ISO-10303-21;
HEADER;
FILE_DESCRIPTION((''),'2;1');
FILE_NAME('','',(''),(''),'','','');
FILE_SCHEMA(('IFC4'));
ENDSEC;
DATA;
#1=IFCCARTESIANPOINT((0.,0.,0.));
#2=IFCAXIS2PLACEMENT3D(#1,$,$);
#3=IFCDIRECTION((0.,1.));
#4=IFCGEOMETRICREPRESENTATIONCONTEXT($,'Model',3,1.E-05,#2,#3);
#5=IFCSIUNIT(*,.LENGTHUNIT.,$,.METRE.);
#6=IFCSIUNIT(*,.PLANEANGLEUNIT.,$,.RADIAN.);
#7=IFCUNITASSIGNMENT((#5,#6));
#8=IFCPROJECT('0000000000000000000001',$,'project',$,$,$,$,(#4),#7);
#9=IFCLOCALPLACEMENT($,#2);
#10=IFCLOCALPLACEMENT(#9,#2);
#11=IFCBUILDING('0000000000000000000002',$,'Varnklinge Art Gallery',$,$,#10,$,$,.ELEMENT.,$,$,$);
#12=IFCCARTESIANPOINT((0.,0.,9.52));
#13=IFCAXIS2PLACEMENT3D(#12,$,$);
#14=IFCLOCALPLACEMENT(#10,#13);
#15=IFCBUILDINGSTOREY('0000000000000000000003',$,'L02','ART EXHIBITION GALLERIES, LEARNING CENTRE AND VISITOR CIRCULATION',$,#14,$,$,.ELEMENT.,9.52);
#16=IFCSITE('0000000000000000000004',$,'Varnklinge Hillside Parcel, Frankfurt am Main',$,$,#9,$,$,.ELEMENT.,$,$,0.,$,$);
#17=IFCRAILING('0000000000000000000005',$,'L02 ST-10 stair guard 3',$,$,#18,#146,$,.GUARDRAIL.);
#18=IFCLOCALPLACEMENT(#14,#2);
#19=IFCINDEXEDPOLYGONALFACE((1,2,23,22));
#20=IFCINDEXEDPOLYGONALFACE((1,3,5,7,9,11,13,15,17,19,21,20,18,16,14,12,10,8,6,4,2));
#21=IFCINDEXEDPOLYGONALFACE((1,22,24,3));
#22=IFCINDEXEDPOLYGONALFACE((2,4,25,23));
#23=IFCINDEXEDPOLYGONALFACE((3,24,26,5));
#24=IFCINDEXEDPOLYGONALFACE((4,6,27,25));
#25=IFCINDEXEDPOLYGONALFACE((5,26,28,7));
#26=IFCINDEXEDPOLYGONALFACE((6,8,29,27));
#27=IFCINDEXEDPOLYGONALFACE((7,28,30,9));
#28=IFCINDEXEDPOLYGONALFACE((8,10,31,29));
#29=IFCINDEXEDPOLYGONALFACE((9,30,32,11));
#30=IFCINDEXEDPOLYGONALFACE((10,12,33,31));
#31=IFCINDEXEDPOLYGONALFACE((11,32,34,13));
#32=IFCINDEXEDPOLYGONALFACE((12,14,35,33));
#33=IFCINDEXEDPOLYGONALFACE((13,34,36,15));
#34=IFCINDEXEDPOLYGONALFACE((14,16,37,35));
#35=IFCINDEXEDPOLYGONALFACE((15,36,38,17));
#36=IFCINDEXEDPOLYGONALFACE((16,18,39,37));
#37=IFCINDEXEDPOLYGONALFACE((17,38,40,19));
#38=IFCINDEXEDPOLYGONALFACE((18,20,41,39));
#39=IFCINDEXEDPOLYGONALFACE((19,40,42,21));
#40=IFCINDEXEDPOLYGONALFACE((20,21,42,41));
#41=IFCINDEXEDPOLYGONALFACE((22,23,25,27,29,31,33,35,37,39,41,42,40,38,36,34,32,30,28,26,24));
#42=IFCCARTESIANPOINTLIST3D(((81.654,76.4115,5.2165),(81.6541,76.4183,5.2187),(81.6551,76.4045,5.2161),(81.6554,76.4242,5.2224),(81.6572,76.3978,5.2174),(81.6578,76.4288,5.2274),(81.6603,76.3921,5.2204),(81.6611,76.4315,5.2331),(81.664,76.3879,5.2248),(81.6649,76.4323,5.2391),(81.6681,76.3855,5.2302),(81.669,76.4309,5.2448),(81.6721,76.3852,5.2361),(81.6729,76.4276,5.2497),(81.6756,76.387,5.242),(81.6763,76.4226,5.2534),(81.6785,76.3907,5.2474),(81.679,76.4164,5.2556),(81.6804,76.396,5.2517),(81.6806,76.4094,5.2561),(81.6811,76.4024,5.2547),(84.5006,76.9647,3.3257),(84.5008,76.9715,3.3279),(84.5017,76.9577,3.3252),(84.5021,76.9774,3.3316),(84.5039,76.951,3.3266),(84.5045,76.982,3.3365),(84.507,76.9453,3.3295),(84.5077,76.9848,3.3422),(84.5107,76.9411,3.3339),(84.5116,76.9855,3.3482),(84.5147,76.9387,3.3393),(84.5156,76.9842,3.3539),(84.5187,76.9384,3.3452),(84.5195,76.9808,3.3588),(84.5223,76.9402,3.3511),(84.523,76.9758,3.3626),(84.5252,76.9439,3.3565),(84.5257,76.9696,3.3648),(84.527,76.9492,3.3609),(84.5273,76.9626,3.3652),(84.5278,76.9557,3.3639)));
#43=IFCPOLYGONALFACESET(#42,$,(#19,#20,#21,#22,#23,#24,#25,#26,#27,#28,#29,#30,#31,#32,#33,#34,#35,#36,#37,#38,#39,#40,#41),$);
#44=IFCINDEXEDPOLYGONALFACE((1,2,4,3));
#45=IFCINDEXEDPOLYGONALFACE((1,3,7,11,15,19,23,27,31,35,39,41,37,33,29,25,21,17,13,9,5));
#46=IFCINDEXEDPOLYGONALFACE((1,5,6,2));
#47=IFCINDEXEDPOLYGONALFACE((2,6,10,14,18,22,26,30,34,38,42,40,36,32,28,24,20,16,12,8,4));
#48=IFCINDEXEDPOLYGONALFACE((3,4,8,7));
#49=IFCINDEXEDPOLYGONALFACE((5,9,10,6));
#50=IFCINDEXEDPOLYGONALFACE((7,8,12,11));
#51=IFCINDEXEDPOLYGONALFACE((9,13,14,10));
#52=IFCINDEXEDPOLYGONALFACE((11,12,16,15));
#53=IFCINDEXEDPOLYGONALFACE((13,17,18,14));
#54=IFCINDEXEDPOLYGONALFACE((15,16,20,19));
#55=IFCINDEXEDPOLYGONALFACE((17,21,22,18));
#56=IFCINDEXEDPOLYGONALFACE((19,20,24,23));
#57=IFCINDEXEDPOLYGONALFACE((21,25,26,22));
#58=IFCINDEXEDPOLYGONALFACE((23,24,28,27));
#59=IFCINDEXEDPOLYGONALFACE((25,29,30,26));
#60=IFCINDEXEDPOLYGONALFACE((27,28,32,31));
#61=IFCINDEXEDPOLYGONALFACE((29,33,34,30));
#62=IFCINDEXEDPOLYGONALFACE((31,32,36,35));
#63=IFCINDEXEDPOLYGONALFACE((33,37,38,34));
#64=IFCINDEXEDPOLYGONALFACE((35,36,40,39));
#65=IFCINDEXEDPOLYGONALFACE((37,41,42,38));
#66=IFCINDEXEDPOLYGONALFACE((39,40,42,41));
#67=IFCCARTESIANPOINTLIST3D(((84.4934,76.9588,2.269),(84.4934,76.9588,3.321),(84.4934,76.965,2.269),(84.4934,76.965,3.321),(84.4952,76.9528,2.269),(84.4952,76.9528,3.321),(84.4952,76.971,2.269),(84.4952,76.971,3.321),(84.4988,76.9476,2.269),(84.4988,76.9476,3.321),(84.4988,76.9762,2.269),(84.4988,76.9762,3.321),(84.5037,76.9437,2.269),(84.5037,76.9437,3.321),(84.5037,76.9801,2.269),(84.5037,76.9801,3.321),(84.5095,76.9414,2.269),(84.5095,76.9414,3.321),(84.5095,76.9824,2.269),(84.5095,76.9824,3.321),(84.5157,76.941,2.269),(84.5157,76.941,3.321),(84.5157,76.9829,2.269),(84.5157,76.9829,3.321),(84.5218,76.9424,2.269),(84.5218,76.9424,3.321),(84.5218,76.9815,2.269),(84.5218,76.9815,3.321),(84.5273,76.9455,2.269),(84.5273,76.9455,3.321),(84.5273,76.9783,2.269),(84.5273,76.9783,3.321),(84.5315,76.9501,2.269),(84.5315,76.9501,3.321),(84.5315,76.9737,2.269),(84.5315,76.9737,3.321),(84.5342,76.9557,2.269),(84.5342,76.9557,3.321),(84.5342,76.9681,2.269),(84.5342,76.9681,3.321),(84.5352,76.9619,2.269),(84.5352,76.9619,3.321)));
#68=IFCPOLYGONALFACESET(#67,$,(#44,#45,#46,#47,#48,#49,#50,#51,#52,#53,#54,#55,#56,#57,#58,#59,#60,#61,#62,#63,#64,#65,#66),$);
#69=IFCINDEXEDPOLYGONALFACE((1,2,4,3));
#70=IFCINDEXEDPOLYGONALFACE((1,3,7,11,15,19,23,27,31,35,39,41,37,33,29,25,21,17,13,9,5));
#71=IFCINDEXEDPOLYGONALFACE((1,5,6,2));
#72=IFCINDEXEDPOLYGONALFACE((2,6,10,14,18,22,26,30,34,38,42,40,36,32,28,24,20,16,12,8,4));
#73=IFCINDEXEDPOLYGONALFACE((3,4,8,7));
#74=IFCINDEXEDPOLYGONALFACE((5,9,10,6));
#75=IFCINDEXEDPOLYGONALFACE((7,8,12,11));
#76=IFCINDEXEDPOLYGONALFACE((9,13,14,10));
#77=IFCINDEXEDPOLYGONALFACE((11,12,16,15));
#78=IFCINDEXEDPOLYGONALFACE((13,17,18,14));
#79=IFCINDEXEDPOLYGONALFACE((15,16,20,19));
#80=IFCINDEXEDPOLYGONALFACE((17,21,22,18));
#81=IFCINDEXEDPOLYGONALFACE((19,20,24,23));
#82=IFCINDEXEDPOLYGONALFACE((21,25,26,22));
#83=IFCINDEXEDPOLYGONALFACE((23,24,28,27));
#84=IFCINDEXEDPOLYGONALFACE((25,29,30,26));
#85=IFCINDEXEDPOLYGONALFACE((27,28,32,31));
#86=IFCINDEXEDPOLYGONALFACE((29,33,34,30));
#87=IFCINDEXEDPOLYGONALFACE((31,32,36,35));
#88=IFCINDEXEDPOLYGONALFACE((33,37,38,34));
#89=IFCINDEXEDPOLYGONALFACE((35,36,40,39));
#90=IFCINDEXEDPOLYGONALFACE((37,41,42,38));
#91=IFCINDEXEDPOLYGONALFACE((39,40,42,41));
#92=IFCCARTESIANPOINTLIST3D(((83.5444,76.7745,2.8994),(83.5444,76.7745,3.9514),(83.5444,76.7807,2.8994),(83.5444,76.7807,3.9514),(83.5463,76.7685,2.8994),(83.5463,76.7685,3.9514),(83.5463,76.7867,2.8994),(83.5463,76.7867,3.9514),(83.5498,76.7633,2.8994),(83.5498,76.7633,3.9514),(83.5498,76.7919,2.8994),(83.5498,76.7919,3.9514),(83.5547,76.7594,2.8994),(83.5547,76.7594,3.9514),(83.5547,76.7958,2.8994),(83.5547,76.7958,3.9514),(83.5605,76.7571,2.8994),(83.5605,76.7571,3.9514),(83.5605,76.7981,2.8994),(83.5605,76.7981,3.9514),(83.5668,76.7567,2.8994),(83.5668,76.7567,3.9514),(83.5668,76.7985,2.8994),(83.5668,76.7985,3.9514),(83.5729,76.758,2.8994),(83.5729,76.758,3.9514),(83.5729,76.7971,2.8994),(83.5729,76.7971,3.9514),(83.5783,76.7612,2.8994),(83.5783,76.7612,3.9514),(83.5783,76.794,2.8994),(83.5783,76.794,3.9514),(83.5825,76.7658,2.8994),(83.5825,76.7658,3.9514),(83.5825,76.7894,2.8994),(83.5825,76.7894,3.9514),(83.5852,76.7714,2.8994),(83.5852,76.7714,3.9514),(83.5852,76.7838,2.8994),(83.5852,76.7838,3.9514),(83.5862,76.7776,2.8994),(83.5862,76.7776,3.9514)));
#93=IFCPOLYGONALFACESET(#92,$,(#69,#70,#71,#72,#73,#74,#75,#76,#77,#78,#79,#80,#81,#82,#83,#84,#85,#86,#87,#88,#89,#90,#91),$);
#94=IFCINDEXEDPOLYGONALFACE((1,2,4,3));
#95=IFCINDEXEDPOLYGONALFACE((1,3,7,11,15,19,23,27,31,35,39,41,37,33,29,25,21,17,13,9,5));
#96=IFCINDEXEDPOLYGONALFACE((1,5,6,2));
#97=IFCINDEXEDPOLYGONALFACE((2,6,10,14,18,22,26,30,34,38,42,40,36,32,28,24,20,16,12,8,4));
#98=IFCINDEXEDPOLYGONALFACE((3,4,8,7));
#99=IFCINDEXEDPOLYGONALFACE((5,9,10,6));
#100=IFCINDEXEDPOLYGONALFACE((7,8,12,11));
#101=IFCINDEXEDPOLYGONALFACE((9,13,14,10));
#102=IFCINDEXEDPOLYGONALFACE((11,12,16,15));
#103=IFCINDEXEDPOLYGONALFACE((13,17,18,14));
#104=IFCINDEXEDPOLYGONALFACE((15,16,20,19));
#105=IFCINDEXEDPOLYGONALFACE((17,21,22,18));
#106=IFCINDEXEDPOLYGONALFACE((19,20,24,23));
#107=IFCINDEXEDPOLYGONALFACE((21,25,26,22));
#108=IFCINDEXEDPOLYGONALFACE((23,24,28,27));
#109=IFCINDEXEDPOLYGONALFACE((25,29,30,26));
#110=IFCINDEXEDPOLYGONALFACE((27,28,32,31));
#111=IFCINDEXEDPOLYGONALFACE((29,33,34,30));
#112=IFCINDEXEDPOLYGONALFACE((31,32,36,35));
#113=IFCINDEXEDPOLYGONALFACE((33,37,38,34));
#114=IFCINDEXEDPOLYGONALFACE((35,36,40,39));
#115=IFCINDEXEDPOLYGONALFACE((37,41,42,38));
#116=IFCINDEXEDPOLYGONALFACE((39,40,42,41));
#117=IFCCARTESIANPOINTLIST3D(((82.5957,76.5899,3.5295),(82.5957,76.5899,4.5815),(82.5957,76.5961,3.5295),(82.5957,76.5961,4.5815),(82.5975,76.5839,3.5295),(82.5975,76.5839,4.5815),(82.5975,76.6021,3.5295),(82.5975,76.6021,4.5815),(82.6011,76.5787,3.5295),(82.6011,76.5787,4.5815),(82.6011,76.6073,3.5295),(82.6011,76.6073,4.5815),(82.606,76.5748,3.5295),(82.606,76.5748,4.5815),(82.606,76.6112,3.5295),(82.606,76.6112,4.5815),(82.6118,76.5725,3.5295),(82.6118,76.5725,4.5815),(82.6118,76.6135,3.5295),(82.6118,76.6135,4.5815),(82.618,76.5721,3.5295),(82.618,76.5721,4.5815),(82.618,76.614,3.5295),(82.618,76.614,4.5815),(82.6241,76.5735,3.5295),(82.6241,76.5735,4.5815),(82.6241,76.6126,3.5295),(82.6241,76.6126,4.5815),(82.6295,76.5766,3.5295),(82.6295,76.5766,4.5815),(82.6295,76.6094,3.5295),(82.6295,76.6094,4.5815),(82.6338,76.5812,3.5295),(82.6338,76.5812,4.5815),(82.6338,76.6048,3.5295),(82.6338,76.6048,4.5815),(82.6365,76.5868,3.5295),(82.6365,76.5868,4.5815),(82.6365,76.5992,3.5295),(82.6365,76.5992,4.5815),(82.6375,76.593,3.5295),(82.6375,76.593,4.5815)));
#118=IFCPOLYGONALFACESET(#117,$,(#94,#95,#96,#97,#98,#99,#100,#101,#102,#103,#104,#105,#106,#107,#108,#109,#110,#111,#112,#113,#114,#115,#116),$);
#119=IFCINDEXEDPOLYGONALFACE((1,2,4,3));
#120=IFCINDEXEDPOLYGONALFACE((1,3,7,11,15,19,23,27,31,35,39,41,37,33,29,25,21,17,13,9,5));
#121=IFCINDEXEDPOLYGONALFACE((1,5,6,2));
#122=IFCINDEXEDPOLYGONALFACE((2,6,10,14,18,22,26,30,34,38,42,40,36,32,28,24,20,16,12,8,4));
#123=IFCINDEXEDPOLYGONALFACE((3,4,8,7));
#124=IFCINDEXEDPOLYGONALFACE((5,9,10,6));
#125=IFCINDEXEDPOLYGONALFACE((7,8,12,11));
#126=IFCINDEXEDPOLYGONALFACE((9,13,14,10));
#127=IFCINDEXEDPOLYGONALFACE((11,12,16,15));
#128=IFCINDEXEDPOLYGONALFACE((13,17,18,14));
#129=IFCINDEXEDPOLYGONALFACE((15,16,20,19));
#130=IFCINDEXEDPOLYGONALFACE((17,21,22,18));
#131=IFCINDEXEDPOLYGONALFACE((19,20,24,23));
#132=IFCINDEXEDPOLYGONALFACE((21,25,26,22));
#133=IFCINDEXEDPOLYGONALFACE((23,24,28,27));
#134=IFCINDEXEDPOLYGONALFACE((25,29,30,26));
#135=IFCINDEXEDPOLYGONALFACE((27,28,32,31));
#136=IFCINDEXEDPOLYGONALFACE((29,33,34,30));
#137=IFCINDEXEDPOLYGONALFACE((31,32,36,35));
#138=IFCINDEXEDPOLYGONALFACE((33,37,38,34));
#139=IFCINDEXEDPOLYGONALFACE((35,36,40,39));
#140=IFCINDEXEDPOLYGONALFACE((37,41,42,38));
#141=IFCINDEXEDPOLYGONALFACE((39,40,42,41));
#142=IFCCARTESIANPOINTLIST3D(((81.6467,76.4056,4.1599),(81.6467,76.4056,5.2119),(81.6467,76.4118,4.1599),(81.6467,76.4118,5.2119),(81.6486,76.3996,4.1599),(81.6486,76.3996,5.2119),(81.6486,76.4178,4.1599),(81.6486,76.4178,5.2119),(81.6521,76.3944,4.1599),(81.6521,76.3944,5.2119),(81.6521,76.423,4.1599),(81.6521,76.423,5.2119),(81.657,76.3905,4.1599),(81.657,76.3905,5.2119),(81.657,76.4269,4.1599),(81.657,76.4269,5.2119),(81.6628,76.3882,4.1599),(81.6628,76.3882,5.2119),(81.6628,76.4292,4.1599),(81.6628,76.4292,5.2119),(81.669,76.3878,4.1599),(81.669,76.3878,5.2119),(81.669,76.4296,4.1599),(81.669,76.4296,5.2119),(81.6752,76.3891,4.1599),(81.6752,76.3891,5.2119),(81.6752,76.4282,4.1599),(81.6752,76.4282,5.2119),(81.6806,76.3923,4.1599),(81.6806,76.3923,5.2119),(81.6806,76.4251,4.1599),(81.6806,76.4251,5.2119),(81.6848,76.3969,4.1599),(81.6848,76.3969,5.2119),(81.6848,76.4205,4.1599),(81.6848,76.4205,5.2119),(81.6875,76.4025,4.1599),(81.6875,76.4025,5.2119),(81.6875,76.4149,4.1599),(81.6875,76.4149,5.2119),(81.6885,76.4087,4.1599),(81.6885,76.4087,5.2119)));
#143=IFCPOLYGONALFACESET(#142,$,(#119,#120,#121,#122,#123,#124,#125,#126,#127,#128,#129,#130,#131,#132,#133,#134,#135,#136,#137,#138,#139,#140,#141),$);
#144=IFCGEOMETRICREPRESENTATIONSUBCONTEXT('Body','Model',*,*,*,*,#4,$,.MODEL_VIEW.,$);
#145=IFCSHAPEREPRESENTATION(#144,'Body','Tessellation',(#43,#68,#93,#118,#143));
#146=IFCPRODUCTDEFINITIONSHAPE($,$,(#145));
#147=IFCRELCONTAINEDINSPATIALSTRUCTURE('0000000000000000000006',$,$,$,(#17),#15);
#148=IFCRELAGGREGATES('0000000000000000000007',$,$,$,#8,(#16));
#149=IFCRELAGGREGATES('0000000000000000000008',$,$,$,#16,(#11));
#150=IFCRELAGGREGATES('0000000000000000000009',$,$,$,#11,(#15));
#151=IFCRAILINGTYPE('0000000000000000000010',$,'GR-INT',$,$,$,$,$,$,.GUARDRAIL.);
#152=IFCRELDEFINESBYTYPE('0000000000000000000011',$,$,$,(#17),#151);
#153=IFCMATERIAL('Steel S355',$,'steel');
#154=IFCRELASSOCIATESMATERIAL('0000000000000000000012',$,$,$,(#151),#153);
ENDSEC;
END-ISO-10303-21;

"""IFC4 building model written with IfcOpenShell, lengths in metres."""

from ifc_helpers import new_model, si_unit, direction, frame, origin, origin_2d, place, context, subcontext, project, spatial, circle, extrude, material, type_object, element, save


model = new_model("IFC4")

# Units and contexts
model_context = context("Model", 3, precision=1e-05, world=origin(), true_north=direction((0.0, 1.0)))
body_context = subcontext(model_context, "Body", "Model", "MODEL_VIEW")
ifc_project = project(units=[si_unit("LENGTHUNIT", "METRE"), si_unit("PLANEANGLEUNIT", "RADIAN")], contexts=[model_context])

# Site, building, storey
site_placement = place(None, origin())
site = spatial("IfcSite", under=ifc_project, at=site_placement, Name="Varnklinge Hillside Parcel, Frankfurt am Main", CompositionType="ELEMENT", RefElevation=0.0)
building_placement = place(site_placement, origin())
building = spatial("IfcBuilding", under=site, at=building_placement, Name="Varnklinge Art Gallery", CompositionType="ELEMENT")
storey_placement = place(building_placement, frame((0.0, 0.0, 9.52)))
storey = spatial("IfcBuildingStorey", under=building, at=storey_placement, Name="L02", Description="ART EXHIBITION GALLERIES, LEARNING CENTRE AND VISITOR CIRCULATION", CompositionType="ELEMENT", Elevation=9.52)

# Railing
ifc_material_1 = material(Name="Steel S355", Category="steel")
railing_type_1 = type_object("IfcRailingType", Name="GR-INT", PredefinedType="GUARDRAIL", material=ifc_material_1)
railing_1_placement = place(storey_placement, frame((84.5142, 76.9619, 2.269)))
element("IfcRailing", 1, at=railing_1_placement, inside=storey, type_object=railing_type_1, Name="L02 ST-10 stair guard 3", PredefinedType="GUARDRAIL", context=body_context, shape_type="SweptSolid", body=[
    extrude(circle(Radius=0.0239, at=origin_2d()), frame((0.0, 0.0, 1.0762), z_axis=(-0.822279, -0.159801, 0.546188), x_axis=(0.190771, -0.981635, 0.0)), (0.0, 0.0, 1.0), 3.4619),
    extrude(circle(Radius=0.021, at=origin_2d()), origin(), (0.0, 0.0, 1.0), 1.052),
    extrude(circle(Radius=0.021, at=origin_2d()), frame((-0.949, -0.1843, 0.6304)), (0.0, 0.0, 1.0), 1.052),
    extrude(circle(Radius=0.021, at=origin_2d()), frame((-1.8977, -0.3689, 1.2605)), (0.0, 0.0, 1.0), 1.052),
    extrude(circle(Radius=0.021, at=origin_2d()), frame((-2.8467, -0.5532, 1.8909)), (0.0, 0.0, 1.0), 1.052),
])

save(model, "model.ifc")
